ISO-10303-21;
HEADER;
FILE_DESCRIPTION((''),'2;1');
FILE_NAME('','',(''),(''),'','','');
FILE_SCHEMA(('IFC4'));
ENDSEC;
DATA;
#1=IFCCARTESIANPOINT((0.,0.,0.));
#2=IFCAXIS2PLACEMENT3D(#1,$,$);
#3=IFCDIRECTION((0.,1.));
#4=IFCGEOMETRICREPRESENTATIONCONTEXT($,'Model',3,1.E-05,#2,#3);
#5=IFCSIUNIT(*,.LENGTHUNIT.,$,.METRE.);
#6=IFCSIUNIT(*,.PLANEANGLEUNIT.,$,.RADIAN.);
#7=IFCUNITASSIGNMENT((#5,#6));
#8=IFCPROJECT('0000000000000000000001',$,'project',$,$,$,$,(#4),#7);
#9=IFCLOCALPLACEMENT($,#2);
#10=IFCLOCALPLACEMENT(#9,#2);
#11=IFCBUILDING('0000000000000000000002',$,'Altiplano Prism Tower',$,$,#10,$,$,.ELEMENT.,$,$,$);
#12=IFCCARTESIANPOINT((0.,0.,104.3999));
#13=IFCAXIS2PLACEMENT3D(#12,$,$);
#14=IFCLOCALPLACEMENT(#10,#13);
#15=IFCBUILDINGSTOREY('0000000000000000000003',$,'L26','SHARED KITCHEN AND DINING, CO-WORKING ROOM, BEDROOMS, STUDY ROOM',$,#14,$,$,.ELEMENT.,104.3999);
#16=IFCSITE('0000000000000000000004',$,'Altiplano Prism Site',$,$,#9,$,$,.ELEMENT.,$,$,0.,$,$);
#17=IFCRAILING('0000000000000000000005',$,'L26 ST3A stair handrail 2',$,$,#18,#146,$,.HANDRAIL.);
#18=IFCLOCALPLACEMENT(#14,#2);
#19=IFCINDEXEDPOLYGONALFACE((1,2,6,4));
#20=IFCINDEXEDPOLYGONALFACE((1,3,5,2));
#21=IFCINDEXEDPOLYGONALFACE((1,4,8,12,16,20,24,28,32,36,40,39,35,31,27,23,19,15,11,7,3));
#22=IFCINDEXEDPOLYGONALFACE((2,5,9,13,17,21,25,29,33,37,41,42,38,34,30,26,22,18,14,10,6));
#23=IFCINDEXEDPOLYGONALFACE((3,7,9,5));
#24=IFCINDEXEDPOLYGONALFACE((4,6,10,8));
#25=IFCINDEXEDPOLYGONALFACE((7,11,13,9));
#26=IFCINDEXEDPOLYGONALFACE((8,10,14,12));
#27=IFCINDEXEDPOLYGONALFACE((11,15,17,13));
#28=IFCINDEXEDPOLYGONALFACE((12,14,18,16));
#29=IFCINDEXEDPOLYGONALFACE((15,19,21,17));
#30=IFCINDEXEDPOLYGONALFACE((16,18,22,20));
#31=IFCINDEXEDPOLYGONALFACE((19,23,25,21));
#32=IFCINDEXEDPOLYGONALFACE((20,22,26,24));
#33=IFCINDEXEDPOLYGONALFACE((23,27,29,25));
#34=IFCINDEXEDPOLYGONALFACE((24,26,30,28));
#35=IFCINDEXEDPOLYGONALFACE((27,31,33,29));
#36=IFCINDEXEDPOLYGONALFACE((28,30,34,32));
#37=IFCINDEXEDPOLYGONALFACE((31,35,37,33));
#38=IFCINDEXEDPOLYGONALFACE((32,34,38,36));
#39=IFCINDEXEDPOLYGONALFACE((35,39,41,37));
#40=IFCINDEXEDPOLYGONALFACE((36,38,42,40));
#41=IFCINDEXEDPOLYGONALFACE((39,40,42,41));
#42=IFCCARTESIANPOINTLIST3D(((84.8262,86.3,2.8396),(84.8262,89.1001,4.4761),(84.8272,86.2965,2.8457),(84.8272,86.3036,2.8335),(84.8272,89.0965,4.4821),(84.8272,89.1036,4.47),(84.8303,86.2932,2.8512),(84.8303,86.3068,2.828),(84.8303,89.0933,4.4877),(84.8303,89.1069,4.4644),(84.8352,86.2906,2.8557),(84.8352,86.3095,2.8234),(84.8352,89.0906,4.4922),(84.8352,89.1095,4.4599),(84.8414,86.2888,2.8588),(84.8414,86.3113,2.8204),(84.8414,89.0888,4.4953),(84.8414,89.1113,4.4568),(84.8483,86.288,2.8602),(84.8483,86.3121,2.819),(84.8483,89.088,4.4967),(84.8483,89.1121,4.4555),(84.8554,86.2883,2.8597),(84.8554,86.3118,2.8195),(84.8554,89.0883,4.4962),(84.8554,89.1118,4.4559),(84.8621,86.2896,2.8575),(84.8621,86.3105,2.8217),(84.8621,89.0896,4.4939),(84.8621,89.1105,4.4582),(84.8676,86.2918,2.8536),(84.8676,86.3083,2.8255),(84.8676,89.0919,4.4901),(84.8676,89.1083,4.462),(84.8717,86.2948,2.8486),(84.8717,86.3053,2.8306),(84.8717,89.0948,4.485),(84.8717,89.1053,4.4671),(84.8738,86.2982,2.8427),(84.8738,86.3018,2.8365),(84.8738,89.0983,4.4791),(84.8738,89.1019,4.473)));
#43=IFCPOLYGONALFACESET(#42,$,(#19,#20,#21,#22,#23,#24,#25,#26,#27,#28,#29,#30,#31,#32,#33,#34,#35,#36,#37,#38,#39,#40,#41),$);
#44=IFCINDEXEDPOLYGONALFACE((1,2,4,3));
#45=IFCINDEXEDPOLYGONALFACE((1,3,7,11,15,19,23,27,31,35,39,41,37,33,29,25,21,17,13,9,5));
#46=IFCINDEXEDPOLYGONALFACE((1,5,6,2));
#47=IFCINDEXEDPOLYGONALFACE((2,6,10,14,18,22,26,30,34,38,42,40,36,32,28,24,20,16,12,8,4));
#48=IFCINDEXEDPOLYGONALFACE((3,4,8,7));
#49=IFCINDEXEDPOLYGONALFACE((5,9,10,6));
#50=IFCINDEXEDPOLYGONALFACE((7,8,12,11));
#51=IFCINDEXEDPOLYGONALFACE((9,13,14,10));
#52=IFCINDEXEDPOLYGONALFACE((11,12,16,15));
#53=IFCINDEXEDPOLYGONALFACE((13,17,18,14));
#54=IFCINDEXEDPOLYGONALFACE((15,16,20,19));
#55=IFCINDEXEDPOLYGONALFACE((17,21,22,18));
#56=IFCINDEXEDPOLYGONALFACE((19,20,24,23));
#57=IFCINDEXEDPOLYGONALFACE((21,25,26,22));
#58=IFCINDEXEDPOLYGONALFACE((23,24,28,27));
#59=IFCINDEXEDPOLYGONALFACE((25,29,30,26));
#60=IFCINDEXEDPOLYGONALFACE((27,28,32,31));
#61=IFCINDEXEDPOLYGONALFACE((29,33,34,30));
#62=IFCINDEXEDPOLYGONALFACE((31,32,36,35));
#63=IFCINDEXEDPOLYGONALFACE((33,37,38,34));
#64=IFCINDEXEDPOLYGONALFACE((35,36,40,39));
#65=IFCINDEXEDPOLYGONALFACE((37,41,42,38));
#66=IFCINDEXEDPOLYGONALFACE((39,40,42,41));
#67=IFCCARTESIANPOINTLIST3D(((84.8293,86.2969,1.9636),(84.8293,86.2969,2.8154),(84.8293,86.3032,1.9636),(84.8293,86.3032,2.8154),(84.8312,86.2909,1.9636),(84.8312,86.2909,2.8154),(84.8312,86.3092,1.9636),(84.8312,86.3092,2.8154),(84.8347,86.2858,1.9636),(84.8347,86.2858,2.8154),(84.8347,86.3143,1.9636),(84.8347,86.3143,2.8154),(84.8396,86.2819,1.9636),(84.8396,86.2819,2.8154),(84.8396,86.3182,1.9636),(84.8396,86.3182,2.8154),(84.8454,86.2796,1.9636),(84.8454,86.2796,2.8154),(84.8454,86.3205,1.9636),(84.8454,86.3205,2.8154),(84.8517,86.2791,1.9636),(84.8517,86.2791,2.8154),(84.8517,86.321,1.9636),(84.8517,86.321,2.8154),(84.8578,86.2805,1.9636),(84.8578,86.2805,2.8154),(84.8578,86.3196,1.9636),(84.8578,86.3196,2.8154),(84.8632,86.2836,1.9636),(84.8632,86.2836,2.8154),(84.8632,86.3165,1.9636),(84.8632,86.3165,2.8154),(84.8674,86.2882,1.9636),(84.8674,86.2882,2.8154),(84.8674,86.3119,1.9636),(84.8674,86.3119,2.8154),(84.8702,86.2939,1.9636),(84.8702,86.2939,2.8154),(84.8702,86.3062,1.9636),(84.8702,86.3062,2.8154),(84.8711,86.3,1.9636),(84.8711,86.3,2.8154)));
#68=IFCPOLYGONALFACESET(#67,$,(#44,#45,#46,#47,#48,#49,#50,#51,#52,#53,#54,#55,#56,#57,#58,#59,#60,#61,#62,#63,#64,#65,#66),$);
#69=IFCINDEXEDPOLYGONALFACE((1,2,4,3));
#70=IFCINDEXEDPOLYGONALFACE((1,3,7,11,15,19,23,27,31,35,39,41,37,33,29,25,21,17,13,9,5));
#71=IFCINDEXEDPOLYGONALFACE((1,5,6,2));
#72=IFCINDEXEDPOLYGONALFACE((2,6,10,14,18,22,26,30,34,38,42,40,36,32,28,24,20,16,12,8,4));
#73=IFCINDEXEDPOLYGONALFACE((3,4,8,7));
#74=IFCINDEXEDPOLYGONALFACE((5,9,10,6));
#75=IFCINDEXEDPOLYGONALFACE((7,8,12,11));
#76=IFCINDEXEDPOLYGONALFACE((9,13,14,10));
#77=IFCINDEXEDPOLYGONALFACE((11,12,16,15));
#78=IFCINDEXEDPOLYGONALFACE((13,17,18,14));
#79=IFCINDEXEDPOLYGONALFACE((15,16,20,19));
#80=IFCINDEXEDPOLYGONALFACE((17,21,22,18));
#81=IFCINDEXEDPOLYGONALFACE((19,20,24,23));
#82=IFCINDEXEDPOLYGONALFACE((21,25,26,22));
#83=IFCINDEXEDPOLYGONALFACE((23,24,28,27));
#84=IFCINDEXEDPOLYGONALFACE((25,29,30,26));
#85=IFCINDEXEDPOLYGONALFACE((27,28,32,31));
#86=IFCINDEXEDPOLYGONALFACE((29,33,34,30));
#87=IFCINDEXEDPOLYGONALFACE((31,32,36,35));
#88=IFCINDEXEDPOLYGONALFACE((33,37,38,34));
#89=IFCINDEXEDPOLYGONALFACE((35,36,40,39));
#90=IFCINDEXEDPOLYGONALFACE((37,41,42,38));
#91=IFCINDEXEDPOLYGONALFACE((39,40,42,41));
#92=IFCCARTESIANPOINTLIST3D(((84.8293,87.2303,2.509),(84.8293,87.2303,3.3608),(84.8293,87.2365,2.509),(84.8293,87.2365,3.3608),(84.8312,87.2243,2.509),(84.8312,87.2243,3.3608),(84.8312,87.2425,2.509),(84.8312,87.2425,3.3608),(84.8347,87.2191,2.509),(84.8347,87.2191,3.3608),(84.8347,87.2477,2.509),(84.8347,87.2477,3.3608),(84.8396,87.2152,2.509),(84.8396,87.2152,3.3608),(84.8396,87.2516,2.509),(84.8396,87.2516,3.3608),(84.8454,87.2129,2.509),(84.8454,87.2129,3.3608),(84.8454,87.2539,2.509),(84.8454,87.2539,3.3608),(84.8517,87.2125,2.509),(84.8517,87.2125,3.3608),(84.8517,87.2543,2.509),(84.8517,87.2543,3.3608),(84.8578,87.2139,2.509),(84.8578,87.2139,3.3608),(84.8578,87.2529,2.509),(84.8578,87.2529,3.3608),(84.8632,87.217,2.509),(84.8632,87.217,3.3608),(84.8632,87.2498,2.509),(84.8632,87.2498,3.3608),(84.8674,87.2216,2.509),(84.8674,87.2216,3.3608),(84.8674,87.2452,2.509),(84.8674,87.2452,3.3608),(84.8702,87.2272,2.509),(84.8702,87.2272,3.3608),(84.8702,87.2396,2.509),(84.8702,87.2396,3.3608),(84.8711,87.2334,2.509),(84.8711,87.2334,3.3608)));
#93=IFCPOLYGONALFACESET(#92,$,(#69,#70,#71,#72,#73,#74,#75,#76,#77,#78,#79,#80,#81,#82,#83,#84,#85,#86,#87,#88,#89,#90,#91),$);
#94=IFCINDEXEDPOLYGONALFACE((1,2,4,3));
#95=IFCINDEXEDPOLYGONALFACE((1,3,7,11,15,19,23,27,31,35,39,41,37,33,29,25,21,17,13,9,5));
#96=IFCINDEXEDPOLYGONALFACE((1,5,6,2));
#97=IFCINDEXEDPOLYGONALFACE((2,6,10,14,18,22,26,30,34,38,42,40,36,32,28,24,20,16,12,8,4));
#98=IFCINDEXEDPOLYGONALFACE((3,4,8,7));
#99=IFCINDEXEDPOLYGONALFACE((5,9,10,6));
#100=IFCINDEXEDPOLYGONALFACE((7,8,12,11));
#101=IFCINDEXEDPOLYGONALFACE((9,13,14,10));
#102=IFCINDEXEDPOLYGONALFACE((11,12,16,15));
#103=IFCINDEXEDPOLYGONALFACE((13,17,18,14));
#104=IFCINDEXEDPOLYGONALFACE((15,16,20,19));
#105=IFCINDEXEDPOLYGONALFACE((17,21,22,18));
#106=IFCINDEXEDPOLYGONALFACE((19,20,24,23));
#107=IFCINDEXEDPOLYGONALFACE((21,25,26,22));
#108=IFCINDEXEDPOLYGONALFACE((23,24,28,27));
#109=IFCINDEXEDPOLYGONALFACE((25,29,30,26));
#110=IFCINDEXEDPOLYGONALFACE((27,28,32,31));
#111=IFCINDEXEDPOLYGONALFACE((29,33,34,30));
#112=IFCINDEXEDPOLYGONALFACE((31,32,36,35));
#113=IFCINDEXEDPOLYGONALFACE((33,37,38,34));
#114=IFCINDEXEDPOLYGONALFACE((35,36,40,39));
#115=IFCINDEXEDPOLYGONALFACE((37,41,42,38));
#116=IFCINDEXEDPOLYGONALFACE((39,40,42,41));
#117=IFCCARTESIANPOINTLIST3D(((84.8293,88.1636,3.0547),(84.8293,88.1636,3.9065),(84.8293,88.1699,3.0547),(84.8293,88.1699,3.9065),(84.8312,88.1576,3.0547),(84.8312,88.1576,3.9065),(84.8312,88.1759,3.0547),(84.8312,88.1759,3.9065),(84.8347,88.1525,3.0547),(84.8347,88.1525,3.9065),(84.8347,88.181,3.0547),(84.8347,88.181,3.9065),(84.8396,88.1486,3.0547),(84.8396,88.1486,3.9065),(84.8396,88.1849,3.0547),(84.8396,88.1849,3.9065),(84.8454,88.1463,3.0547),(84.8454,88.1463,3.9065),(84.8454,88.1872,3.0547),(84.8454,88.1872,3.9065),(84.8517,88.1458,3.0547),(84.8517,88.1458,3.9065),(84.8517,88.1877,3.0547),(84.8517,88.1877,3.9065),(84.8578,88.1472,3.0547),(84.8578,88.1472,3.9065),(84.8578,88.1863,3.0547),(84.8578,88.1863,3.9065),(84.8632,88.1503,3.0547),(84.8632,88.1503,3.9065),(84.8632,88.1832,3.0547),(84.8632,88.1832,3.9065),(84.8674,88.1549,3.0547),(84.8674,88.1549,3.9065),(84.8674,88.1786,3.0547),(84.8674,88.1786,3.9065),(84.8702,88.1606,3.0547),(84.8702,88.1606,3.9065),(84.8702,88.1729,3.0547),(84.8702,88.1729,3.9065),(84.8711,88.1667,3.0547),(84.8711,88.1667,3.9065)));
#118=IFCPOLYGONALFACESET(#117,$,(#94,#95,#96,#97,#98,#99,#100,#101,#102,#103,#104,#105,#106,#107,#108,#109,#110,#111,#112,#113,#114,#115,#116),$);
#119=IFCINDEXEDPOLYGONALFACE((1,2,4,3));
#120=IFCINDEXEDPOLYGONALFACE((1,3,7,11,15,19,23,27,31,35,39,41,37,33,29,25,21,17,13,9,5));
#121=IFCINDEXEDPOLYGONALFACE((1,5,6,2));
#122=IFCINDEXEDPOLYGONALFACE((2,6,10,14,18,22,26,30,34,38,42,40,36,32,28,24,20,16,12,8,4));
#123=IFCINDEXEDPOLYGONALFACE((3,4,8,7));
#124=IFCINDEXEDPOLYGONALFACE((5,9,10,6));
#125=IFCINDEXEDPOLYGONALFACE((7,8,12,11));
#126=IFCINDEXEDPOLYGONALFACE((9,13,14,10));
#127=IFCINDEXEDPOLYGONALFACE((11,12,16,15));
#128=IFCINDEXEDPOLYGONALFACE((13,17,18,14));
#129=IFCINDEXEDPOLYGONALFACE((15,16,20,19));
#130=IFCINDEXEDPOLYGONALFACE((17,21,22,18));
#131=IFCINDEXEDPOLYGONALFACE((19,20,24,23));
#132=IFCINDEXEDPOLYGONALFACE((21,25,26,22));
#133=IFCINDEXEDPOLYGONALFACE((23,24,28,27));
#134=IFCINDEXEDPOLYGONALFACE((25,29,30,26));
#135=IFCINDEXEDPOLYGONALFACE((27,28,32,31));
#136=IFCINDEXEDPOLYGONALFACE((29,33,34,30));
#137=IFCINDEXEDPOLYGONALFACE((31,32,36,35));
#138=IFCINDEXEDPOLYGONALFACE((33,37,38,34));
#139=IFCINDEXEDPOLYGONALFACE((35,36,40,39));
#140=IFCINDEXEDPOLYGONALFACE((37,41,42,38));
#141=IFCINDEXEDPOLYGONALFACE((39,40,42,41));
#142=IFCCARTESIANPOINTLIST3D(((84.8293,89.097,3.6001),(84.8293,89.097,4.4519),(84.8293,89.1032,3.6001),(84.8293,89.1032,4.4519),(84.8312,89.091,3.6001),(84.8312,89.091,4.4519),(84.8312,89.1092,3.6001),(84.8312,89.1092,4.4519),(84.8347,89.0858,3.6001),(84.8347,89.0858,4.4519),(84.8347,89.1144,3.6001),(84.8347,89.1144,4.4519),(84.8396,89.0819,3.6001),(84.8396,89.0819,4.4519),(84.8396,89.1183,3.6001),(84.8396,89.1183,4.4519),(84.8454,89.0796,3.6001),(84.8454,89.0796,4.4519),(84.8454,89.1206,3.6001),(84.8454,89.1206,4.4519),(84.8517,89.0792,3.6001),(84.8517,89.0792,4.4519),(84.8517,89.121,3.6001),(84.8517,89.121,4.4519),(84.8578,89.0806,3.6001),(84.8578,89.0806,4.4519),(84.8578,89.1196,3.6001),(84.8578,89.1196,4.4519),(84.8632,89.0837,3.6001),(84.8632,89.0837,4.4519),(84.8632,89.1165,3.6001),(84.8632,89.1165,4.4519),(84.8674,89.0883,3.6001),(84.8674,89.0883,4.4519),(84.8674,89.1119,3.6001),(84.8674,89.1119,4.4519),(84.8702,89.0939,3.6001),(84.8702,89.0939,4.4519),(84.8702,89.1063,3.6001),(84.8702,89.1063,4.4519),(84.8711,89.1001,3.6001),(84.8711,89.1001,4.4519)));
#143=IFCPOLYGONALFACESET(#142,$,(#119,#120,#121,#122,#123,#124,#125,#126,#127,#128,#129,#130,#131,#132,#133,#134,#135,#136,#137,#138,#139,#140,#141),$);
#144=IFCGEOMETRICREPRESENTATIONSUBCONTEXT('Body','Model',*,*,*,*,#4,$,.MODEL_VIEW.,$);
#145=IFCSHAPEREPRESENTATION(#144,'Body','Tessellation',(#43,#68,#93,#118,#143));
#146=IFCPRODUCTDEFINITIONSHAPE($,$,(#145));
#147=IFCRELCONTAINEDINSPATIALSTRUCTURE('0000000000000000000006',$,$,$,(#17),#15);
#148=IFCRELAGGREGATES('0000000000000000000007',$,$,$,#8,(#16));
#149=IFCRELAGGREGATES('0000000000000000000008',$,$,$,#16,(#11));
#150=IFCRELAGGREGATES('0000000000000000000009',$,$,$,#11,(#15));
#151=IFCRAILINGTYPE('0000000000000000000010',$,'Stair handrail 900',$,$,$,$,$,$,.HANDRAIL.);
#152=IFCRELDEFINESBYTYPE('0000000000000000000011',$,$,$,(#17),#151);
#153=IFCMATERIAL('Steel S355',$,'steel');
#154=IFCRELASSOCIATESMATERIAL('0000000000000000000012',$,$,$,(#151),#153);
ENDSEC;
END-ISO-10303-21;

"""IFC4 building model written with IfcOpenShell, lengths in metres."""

from ifc_helpers import new_model, si_unit, direction, frame, origin, origin_2d, place, context, subcontext, project, spatial, circle, extrude, material, type_object, element, save


model = new_model("IFC4")

# Units and contexts
model_context = context("Model", 3, precision=1e-05, world=origin(), true_north=direction((0.0, 1.0)))
body_context = subcontext(model_context, "Body", "Model", "MODEL_VIEW")
ifc_project = project(units=[si_unit("LENGTHUNIT", "METRE"), si_unit("PLANEANGLEUNIT", "RADIAN")], contexts=[model_context])

# Site, building, storey
site_placement = place(None, origin())
site = spatial("IfcSite", under=ifc_project, at=site_placement, Name="Altiplano Prism Site", CompositionType="ELEMENT", RefElevation=0.0)
building_placement = place(site_placement, origin())
building = spatial("IfcBuilding", under=site, at=building_placement, Name="Altiplano Prism Tower", CompositionType="ELEMENT")
storey_placement = place(building_placement, frame((0.0, 0.0, 104.3999)))
storey = spatial("IfcBuildingStorey", under=building, at=storey_placement, Name="L26", Description="SHARED KITCHEN AND DINING, CO-WORKING ROOM, BEDROOMS, STUDY ROOM", CompositionType="ELEMENT", Elevation=104.3999)

# Railing
ifc_material_1 = material(Name="Steel S355", Category="steel")
railing_type = type_object("IfcRailingType", Name="Stair handrail 900", PredefinedType="HANDRAIL", material=ifc_material_1)
for number, where, name in (
    (1, (84.8501, 86.3, 1.9636), "L26 ST3A stair handrail 2"),
):
    element("IfcRailing", number, at=place(storey_placement, frame(where)), inside=storey, type_object=railing_type, Name=name, PredefinedType="HANDRAIL", context=body_context, shape_type="SweptSolid", body=[
        extrude(circle(Radius=0.0239, at=origin_2d()), frame((0.0, 0.0, 0.876), z_axis=(0.0, 0.863361, 0.504587), x_axis=(-1.0, 0.0, 0.0)), (0.0, 0.0, 1.0), 3.2432),
        extrude(circle(Radius=0.021, at=origin_2d()), origin(), (0.0, 0.0, 1.0), 0.8518),
        extrude(circle(Radius=0.021, at=origin_2d()), frame((0.0, 0.9333, 0.5454)), (0.0, 0.0, 1.0), 0.8518),
        extrude(circle(Radius=0.021, at=origin_2d()), frame((0.0, 1.8667, 1.0911)), (0.0, 0.0, 1.0), 0.8518),
        extrude(circle(Radius=0.021, at=origin_2d()), frame((0.0, 2.8, 1.6365)), (0.0, 0.0, 1.0), 0.8518),
    ])

save(model, "model.ifc")
